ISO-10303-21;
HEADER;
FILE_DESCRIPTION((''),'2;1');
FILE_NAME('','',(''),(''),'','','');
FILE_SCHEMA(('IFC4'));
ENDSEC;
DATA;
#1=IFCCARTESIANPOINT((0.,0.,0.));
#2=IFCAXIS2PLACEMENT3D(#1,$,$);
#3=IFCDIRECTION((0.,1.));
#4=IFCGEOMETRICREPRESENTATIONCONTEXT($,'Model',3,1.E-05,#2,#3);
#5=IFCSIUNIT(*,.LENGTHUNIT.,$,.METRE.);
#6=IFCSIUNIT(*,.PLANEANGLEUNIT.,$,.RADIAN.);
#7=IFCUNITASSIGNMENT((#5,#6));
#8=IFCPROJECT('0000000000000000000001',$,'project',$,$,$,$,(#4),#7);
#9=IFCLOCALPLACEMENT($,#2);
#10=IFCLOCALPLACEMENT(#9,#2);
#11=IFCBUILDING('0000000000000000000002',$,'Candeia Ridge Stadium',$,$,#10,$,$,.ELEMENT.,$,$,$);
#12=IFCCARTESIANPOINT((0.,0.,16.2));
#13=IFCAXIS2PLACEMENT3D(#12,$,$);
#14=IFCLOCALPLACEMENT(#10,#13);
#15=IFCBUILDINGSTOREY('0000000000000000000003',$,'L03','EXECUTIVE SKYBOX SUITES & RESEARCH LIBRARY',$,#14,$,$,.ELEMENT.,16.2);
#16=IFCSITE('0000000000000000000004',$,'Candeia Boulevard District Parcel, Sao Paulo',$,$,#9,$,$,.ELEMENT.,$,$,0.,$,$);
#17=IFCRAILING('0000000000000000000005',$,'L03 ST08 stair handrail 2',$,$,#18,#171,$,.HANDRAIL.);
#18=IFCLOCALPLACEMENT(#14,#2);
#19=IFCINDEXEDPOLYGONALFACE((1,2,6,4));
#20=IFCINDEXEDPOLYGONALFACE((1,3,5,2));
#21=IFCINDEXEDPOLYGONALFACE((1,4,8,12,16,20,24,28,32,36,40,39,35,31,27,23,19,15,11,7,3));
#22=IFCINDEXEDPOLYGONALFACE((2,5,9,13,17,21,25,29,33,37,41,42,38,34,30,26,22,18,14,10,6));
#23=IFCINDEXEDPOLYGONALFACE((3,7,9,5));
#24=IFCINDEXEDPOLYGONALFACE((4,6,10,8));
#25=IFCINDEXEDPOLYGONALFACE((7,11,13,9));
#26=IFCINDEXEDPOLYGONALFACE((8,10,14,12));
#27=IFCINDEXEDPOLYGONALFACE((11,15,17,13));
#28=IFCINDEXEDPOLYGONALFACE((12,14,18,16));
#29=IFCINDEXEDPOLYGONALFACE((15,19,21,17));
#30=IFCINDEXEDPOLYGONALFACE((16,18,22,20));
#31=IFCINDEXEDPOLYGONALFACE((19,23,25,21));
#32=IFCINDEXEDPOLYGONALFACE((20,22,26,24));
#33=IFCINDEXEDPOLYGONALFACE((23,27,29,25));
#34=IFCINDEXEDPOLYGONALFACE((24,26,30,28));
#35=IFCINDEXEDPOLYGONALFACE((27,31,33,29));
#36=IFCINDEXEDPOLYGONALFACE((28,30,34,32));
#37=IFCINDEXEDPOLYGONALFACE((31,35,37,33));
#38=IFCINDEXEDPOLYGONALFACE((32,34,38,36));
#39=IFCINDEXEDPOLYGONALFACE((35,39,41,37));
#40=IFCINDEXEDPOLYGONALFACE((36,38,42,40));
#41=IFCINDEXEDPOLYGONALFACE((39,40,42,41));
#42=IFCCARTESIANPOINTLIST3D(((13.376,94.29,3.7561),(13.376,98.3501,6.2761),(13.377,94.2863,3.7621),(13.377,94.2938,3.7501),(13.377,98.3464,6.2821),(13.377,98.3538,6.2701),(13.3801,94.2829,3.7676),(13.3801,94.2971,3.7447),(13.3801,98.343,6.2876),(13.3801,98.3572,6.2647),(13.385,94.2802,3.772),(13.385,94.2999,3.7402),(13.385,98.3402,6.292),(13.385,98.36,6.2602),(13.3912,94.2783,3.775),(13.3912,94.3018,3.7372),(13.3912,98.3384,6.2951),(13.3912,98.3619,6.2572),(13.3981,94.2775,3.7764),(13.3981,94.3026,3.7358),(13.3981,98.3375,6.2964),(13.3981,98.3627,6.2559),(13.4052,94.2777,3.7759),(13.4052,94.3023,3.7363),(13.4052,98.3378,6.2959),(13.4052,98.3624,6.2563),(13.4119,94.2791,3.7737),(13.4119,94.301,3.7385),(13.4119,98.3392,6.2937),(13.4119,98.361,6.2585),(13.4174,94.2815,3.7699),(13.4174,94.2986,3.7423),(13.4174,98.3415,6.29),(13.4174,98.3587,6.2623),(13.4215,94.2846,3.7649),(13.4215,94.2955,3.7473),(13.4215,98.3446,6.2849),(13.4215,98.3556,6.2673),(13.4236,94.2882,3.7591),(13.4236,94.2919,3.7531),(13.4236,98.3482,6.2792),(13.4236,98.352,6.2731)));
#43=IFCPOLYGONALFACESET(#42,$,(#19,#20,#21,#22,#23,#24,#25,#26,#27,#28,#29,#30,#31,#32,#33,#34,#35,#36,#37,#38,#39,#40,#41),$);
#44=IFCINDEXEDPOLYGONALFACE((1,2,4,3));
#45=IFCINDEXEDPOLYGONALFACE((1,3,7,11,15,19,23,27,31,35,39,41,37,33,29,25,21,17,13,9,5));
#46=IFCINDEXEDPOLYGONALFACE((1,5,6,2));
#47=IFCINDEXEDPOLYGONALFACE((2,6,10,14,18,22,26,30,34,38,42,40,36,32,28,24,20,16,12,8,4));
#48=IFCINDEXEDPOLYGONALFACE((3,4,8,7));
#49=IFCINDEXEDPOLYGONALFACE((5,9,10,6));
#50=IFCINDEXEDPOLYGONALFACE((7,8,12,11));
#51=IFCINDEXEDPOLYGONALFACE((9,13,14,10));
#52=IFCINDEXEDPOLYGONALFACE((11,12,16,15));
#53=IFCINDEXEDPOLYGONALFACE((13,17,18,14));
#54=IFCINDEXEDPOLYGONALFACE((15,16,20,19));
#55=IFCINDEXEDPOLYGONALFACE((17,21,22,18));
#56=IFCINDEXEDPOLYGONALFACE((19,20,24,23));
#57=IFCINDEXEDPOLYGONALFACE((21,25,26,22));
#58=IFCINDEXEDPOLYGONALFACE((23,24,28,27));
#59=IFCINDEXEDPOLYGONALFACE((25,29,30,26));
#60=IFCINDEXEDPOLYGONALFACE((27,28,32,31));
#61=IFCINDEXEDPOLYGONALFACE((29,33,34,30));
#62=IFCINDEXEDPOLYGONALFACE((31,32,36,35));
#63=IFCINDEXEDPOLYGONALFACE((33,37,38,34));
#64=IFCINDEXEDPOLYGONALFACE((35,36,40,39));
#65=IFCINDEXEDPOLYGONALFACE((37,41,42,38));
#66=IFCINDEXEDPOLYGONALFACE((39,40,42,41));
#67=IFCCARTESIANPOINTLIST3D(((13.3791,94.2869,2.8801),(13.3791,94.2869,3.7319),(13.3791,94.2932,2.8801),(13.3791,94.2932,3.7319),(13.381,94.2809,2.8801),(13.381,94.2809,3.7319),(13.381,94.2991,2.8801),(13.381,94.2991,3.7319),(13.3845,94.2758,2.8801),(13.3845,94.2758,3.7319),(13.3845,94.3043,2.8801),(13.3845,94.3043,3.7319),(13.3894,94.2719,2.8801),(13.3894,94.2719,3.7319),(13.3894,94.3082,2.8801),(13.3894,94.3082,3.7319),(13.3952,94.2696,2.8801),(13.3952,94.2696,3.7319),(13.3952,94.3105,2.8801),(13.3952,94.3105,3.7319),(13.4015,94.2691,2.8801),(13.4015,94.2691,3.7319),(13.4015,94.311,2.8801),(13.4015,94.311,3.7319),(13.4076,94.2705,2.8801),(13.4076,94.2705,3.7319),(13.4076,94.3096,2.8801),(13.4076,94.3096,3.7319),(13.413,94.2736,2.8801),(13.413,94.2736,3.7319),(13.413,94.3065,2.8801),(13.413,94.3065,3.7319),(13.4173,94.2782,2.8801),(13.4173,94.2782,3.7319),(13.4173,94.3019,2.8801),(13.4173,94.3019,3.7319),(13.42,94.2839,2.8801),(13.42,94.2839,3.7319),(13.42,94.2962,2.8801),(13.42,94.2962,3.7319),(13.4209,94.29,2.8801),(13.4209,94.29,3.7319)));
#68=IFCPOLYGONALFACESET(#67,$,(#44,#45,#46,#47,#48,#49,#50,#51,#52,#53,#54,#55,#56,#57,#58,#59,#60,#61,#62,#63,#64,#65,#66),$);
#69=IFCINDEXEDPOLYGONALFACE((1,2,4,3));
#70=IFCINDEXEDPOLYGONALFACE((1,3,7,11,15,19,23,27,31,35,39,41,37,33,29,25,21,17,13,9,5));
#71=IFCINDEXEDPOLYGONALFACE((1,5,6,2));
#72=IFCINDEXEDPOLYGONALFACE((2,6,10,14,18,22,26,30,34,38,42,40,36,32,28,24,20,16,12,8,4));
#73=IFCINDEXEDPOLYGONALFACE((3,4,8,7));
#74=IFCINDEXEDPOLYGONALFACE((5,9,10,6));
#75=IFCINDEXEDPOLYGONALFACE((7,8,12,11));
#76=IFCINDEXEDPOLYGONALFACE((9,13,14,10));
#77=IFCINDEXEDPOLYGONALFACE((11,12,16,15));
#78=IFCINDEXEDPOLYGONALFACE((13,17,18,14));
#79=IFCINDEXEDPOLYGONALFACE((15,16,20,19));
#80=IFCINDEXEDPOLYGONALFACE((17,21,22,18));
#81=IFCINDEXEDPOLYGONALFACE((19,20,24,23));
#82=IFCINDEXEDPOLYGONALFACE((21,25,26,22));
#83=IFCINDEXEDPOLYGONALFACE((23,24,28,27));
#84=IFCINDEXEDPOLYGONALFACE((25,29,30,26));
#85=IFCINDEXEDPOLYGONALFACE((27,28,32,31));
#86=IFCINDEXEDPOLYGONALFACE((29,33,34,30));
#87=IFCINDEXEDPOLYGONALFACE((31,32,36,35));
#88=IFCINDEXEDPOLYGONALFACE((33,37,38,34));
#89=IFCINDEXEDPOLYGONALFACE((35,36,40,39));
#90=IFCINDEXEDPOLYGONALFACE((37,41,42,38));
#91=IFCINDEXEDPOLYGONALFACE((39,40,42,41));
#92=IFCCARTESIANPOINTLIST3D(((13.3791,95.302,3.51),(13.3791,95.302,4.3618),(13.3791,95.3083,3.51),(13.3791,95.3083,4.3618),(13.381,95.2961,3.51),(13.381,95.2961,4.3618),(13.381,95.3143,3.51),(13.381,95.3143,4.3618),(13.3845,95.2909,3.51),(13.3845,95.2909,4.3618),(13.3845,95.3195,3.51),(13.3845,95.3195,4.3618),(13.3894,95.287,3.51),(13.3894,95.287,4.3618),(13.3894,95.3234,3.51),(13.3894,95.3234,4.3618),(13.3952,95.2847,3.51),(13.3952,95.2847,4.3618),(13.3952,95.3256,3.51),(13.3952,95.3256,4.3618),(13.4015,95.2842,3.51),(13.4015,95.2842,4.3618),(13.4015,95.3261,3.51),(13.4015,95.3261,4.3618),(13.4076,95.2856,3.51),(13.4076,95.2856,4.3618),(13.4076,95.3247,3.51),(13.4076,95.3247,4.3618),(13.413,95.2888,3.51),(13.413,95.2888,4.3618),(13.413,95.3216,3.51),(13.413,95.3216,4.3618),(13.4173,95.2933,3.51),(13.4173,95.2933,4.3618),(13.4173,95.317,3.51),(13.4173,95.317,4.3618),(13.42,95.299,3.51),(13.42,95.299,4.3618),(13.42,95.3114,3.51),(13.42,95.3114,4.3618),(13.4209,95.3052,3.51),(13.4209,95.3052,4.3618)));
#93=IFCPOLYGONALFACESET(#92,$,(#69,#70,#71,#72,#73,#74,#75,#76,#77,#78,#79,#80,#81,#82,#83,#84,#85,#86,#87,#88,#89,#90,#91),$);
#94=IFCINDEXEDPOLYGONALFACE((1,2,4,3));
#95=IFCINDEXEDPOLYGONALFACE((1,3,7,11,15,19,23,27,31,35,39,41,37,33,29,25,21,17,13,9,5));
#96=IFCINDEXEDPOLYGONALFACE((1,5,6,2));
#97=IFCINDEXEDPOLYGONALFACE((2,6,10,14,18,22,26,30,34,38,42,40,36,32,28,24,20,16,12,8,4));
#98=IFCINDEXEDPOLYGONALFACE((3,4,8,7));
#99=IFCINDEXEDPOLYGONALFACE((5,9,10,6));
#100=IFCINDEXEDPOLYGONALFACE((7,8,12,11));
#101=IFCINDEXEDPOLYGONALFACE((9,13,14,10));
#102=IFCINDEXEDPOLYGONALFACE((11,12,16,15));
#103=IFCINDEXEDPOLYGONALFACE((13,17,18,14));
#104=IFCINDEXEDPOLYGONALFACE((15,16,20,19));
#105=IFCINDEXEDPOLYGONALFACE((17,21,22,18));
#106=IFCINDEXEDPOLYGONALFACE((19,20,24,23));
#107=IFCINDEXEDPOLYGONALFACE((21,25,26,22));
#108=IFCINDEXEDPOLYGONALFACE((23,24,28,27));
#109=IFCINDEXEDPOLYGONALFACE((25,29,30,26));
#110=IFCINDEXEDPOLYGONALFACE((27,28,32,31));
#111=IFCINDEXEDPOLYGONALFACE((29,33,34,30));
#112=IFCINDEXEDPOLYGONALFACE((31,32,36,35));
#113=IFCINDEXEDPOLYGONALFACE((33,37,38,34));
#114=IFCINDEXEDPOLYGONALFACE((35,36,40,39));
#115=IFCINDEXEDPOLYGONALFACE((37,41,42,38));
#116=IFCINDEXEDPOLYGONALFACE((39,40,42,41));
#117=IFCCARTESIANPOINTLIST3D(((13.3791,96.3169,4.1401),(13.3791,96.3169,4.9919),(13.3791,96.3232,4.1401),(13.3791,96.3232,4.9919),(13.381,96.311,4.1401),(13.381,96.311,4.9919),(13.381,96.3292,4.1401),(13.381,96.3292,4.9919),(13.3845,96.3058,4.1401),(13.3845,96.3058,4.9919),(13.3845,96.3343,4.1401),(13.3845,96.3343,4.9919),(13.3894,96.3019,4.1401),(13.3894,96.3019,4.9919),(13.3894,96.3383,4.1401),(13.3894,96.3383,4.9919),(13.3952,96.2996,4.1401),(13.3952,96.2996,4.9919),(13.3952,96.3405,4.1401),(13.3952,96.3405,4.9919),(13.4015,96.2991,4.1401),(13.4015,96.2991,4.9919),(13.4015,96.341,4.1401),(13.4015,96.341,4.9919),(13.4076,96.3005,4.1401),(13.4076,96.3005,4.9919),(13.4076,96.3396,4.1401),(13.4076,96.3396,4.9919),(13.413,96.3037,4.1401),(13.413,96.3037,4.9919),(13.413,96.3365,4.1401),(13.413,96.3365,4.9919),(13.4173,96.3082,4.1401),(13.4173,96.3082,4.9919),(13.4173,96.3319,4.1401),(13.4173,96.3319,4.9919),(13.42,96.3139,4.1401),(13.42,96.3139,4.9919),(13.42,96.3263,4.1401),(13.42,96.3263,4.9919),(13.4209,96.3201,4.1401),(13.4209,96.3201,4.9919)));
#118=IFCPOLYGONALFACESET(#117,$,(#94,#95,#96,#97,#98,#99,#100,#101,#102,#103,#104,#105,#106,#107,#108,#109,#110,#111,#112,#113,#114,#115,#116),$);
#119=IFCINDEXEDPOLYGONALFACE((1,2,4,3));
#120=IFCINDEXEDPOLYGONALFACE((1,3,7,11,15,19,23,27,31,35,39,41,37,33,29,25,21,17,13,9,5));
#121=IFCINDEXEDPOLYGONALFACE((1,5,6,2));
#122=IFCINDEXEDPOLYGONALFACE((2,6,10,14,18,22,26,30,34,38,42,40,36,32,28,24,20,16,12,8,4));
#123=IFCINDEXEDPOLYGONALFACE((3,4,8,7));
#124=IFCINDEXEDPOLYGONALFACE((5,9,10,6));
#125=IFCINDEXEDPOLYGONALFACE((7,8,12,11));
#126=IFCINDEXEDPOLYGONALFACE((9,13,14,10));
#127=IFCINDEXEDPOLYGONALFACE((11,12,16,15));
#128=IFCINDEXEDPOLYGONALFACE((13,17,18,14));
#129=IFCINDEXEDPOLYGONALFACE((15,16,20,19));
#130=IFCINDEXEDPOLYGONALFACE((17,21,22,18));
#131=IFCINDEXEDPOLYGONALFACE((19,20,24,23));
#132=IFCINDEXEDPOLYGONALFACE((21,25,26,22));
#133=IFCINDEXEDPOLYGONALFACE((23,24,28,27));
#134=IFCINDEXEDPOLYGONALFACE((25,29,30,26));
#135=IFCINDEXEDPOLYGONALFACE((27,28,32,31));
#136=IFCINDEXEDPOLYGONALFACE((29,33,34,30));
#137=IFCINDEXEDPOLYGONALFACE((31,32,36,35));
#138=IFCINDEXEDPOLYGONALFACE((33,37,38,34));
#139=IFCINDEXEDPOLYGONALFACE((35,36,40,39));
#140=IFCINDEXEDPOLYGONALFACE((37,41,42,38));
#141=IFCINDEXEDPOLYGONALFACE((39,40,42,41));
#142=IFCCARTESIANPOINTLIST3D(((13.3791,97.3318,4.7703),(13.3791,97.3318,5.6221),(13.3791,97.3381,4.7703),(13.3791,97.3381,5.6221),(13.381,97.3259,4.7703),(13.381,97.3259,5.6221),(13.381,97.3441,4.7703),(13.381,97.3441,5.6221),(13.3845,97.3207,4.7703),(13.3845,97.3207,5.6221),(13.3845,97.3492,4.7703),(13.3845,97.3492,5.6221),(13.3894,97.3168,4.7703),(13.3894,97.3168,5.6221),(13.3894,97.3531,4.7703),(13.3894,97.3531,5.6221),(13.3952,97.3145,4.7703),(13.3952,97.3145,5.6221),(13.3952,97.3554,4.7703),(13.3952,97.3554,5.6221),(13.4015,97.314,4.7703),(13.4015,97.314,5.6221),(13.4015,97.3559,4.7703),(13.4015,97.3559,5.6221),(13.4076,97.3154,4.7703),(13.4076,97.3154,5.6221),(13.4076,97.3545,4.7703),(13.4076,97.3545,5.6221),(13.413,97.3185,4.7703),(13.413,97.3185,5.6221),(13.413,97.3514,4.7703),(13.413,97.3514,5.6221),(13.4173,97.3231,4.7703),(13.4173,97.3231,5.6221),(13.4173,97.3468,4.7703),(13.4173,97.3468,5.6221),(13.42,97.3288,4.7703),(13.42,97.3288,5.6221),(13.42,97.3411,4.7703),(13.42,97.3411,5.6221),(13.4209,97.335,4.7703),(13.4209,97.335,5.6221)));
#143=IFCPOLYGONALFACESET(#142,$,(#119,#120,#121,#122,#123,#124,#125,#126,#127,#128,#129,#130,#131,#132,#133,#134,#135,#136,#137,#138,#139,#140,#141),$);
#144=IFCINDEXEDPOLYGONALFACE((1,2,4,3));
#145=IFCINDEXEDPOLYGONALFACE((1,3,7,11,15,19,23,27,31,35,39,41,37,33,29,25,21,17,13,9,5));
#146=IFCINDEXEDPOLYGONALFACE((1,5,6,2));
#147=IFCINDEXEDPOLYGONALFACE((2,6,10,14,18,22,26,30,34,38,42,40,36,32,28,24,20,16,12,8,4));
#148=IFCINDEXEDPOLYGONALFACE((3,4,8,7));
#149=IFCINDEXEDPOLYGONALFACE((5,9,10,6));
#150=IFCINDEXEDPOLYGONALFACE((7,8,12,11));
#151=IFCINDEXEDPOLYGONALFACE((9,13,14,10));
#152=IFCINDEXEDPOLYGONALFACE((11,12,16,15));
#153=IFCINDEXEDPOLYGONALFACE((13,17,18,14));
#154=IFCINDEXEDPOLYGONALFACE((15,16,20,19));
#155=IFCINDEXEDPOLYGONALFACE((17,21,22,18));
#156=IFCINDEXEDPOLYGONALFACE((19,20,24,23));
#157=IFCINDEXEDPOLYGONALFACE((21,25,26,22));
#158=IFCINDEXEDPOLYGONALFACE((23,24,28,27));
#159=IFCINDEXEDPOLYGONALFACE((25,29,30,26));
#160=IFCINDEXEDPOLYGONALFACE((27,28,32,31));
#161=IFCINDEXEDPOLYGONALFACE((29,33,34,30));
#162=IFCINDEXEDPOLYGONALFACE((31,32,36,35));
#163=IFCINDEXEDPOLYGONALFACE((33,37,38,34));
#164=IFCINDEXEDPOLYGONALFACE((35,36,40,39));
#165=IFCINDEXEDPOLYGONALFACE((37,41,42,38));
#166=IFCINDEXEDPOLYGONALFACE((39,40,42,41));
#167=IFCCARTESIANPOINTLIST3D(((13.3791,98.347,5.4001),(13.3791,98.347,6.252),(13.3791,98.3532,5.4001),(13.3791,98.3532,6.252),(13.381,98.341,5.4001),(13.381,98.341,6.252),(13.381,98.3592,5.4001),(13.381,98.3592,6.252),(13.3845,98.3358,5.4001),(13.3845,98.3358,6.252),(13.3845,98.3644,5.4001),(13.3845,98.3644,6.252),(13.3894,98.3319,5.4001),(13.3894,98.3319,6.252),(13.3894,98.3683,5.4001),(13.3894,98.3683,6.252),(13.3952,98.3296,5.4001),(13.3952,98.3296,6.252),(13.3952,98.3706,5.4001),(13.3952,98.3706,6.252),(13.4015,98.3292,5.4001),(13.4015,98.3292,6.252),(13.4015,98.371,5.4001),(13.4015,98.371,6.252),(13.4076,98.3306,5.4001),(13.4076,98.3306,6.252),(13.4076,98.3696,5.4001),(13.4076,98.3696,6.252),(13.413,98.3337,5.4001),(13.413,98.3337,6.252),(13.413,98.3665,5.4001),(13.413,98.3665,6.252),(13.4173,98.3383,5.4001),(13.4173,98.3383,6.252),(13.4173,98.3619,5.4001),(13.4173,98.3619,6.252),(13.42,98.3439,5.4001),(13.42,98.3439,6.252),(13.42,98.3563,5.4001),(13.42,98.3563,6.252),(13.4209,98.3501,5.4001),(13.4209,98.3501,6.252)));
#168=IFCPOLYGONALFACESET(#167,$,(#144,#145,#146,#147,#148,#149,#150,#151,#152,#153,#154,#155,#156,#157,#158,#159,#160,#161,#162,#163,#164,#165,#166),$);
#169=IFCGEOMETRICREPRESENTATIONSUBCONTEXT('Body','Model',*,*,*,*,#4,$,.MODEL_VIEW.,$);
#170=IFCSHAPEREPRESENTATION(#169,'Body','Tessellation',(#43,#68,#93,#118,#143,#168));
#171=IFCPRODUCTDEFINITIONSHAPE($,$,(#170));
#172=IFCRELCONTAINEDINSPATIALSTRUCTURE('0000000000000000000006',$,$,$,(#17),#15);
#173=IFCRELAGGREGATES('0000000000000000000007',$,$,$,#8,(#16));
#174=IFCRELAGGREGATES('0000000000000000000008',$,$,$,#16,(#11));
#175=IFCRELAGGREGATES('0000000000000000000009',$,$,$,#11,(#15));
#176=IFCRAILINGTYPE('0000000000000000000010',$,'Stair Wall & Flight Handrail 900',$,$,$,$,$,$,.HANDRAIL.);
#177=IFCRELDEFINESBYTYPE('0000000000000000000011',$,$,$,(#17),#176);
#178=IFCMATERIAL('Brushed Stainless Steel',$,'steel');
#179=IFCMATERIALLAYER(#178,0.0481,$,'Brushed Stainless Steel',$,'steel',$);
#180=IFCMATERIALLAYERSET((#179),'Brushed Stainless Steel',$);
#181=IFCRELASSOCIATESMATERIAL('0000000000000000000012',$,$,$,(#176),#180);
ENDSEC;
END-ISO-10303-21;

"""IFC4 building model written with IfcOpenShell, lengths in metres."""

from ifc_helpers import new_model, si_unit, direction, frame, origin, origin_2d, place, context, subcontext, project, spatial, circle, extrude, material, layer, layer_set, type_object, element, save


model = new_model("IFC4")

# Units and contexts
model_context = context("Model", 3, precision=1e-05, world=origin(), true_north=direction((0.0, 1.0)))
body_context = subcontext(model_context, "Body", "Model", "MODEL_VIEW")
ifc_project = project(units=[si_unit("LENGTHUNIT", "METRE"), si_unit("PLANEANGLEUNIT", "RADIAN")], contexts=[model_context])

# Site, building, storey
site_placement = place(None, origin())
site = spatial("IfcSite", under=ifc_project, at=site_placement, Name="Candeia Boulevard District Parcel, Sao Paulo", CompositionType="ELEMENT", RefElevation=0.0)
building_placement = place(site_placement, origin())
building = spatial("IfcBuilding", under=site, at=building_placement, Name="Candeia Ridge Stadium", CompositionType="ELEMENT")
storey_placement = place(building_placement, frame((0.0, 0.0, 16.2)))
storey = spatial("IfcBuildingStorey", under=building, at=storey_placement, Name="L03", Description="EXECUTIVE SKYBOX SUITES & RESEARCH LIBRARY", CompositionType="ELEMENT", Elevation=16.2)

# Railing
ifc_material_1 = material(Name="Brushed Stainless Steel", Category="steel")
ifc_layer_1 = layer(ifc_material_1, 0.0481, Name="Brushed Stainless Steel", Category="steel")
ifc_layer_set_1 = layer_set([ifc_layer_1], Name="Brushed Stainless Steel")
railing_type_1 = type_object("IfcRailingType", Name="Stair Wall & Flight Handrail 900", PredefinedType="HANDRAIL", material=ifc_layer_set_1)
railing_1_placement = place(storey_placement, frame((13.3999, 94.29, 2.8801)))
element("IfcRailing", 1, at=railing_1_placement, inside=storey, type_object=railing_type_1, Name="L03 ST08 stair handrail 2", PredefinedType="HANDRAIL", context=body_context, shape_type="SweptSolid", body=[
    extrude(circle(Radius=0.0239, at=origin_2d()), frame((0.0, 0.0, 0.876), z_axis=(0.0, 0.849642, 0.52736), x_axis=(-1.0, 0.0, 0.0)), (0.0, 0.0, 1.0), 4.7786),
    extrude(circle(Radius=0.021, at=origin_2d()), origin(), (0.0, 0.0, 1.0), 0.8518),
    extrude(circle(Radius=0.021, at=origin_2d()), frame((0.0, 1.0151, 0.6299)), (0.0, 0.0, 1.0), 0.8518),
    extrude(circle(Radius=0.021, at=origin_2d()), frame((0.0, 2.03, 1.26)), (0.0, 0.0, 1.0), 0.8518),
    extrude(circle(Radius=0.021, at=origin_2d()), frame((0.0, 3.0449, 1.8901)), (0.0, 0.0, 1.0), 0.8518),
    extrude(circle(Radius=0.021, at=origin_2d()), frame((0.0, 4.0601, 2.52)), (0.0, 0.0, 1.0), 0.8518),
])

save(model, "model.ifc")
